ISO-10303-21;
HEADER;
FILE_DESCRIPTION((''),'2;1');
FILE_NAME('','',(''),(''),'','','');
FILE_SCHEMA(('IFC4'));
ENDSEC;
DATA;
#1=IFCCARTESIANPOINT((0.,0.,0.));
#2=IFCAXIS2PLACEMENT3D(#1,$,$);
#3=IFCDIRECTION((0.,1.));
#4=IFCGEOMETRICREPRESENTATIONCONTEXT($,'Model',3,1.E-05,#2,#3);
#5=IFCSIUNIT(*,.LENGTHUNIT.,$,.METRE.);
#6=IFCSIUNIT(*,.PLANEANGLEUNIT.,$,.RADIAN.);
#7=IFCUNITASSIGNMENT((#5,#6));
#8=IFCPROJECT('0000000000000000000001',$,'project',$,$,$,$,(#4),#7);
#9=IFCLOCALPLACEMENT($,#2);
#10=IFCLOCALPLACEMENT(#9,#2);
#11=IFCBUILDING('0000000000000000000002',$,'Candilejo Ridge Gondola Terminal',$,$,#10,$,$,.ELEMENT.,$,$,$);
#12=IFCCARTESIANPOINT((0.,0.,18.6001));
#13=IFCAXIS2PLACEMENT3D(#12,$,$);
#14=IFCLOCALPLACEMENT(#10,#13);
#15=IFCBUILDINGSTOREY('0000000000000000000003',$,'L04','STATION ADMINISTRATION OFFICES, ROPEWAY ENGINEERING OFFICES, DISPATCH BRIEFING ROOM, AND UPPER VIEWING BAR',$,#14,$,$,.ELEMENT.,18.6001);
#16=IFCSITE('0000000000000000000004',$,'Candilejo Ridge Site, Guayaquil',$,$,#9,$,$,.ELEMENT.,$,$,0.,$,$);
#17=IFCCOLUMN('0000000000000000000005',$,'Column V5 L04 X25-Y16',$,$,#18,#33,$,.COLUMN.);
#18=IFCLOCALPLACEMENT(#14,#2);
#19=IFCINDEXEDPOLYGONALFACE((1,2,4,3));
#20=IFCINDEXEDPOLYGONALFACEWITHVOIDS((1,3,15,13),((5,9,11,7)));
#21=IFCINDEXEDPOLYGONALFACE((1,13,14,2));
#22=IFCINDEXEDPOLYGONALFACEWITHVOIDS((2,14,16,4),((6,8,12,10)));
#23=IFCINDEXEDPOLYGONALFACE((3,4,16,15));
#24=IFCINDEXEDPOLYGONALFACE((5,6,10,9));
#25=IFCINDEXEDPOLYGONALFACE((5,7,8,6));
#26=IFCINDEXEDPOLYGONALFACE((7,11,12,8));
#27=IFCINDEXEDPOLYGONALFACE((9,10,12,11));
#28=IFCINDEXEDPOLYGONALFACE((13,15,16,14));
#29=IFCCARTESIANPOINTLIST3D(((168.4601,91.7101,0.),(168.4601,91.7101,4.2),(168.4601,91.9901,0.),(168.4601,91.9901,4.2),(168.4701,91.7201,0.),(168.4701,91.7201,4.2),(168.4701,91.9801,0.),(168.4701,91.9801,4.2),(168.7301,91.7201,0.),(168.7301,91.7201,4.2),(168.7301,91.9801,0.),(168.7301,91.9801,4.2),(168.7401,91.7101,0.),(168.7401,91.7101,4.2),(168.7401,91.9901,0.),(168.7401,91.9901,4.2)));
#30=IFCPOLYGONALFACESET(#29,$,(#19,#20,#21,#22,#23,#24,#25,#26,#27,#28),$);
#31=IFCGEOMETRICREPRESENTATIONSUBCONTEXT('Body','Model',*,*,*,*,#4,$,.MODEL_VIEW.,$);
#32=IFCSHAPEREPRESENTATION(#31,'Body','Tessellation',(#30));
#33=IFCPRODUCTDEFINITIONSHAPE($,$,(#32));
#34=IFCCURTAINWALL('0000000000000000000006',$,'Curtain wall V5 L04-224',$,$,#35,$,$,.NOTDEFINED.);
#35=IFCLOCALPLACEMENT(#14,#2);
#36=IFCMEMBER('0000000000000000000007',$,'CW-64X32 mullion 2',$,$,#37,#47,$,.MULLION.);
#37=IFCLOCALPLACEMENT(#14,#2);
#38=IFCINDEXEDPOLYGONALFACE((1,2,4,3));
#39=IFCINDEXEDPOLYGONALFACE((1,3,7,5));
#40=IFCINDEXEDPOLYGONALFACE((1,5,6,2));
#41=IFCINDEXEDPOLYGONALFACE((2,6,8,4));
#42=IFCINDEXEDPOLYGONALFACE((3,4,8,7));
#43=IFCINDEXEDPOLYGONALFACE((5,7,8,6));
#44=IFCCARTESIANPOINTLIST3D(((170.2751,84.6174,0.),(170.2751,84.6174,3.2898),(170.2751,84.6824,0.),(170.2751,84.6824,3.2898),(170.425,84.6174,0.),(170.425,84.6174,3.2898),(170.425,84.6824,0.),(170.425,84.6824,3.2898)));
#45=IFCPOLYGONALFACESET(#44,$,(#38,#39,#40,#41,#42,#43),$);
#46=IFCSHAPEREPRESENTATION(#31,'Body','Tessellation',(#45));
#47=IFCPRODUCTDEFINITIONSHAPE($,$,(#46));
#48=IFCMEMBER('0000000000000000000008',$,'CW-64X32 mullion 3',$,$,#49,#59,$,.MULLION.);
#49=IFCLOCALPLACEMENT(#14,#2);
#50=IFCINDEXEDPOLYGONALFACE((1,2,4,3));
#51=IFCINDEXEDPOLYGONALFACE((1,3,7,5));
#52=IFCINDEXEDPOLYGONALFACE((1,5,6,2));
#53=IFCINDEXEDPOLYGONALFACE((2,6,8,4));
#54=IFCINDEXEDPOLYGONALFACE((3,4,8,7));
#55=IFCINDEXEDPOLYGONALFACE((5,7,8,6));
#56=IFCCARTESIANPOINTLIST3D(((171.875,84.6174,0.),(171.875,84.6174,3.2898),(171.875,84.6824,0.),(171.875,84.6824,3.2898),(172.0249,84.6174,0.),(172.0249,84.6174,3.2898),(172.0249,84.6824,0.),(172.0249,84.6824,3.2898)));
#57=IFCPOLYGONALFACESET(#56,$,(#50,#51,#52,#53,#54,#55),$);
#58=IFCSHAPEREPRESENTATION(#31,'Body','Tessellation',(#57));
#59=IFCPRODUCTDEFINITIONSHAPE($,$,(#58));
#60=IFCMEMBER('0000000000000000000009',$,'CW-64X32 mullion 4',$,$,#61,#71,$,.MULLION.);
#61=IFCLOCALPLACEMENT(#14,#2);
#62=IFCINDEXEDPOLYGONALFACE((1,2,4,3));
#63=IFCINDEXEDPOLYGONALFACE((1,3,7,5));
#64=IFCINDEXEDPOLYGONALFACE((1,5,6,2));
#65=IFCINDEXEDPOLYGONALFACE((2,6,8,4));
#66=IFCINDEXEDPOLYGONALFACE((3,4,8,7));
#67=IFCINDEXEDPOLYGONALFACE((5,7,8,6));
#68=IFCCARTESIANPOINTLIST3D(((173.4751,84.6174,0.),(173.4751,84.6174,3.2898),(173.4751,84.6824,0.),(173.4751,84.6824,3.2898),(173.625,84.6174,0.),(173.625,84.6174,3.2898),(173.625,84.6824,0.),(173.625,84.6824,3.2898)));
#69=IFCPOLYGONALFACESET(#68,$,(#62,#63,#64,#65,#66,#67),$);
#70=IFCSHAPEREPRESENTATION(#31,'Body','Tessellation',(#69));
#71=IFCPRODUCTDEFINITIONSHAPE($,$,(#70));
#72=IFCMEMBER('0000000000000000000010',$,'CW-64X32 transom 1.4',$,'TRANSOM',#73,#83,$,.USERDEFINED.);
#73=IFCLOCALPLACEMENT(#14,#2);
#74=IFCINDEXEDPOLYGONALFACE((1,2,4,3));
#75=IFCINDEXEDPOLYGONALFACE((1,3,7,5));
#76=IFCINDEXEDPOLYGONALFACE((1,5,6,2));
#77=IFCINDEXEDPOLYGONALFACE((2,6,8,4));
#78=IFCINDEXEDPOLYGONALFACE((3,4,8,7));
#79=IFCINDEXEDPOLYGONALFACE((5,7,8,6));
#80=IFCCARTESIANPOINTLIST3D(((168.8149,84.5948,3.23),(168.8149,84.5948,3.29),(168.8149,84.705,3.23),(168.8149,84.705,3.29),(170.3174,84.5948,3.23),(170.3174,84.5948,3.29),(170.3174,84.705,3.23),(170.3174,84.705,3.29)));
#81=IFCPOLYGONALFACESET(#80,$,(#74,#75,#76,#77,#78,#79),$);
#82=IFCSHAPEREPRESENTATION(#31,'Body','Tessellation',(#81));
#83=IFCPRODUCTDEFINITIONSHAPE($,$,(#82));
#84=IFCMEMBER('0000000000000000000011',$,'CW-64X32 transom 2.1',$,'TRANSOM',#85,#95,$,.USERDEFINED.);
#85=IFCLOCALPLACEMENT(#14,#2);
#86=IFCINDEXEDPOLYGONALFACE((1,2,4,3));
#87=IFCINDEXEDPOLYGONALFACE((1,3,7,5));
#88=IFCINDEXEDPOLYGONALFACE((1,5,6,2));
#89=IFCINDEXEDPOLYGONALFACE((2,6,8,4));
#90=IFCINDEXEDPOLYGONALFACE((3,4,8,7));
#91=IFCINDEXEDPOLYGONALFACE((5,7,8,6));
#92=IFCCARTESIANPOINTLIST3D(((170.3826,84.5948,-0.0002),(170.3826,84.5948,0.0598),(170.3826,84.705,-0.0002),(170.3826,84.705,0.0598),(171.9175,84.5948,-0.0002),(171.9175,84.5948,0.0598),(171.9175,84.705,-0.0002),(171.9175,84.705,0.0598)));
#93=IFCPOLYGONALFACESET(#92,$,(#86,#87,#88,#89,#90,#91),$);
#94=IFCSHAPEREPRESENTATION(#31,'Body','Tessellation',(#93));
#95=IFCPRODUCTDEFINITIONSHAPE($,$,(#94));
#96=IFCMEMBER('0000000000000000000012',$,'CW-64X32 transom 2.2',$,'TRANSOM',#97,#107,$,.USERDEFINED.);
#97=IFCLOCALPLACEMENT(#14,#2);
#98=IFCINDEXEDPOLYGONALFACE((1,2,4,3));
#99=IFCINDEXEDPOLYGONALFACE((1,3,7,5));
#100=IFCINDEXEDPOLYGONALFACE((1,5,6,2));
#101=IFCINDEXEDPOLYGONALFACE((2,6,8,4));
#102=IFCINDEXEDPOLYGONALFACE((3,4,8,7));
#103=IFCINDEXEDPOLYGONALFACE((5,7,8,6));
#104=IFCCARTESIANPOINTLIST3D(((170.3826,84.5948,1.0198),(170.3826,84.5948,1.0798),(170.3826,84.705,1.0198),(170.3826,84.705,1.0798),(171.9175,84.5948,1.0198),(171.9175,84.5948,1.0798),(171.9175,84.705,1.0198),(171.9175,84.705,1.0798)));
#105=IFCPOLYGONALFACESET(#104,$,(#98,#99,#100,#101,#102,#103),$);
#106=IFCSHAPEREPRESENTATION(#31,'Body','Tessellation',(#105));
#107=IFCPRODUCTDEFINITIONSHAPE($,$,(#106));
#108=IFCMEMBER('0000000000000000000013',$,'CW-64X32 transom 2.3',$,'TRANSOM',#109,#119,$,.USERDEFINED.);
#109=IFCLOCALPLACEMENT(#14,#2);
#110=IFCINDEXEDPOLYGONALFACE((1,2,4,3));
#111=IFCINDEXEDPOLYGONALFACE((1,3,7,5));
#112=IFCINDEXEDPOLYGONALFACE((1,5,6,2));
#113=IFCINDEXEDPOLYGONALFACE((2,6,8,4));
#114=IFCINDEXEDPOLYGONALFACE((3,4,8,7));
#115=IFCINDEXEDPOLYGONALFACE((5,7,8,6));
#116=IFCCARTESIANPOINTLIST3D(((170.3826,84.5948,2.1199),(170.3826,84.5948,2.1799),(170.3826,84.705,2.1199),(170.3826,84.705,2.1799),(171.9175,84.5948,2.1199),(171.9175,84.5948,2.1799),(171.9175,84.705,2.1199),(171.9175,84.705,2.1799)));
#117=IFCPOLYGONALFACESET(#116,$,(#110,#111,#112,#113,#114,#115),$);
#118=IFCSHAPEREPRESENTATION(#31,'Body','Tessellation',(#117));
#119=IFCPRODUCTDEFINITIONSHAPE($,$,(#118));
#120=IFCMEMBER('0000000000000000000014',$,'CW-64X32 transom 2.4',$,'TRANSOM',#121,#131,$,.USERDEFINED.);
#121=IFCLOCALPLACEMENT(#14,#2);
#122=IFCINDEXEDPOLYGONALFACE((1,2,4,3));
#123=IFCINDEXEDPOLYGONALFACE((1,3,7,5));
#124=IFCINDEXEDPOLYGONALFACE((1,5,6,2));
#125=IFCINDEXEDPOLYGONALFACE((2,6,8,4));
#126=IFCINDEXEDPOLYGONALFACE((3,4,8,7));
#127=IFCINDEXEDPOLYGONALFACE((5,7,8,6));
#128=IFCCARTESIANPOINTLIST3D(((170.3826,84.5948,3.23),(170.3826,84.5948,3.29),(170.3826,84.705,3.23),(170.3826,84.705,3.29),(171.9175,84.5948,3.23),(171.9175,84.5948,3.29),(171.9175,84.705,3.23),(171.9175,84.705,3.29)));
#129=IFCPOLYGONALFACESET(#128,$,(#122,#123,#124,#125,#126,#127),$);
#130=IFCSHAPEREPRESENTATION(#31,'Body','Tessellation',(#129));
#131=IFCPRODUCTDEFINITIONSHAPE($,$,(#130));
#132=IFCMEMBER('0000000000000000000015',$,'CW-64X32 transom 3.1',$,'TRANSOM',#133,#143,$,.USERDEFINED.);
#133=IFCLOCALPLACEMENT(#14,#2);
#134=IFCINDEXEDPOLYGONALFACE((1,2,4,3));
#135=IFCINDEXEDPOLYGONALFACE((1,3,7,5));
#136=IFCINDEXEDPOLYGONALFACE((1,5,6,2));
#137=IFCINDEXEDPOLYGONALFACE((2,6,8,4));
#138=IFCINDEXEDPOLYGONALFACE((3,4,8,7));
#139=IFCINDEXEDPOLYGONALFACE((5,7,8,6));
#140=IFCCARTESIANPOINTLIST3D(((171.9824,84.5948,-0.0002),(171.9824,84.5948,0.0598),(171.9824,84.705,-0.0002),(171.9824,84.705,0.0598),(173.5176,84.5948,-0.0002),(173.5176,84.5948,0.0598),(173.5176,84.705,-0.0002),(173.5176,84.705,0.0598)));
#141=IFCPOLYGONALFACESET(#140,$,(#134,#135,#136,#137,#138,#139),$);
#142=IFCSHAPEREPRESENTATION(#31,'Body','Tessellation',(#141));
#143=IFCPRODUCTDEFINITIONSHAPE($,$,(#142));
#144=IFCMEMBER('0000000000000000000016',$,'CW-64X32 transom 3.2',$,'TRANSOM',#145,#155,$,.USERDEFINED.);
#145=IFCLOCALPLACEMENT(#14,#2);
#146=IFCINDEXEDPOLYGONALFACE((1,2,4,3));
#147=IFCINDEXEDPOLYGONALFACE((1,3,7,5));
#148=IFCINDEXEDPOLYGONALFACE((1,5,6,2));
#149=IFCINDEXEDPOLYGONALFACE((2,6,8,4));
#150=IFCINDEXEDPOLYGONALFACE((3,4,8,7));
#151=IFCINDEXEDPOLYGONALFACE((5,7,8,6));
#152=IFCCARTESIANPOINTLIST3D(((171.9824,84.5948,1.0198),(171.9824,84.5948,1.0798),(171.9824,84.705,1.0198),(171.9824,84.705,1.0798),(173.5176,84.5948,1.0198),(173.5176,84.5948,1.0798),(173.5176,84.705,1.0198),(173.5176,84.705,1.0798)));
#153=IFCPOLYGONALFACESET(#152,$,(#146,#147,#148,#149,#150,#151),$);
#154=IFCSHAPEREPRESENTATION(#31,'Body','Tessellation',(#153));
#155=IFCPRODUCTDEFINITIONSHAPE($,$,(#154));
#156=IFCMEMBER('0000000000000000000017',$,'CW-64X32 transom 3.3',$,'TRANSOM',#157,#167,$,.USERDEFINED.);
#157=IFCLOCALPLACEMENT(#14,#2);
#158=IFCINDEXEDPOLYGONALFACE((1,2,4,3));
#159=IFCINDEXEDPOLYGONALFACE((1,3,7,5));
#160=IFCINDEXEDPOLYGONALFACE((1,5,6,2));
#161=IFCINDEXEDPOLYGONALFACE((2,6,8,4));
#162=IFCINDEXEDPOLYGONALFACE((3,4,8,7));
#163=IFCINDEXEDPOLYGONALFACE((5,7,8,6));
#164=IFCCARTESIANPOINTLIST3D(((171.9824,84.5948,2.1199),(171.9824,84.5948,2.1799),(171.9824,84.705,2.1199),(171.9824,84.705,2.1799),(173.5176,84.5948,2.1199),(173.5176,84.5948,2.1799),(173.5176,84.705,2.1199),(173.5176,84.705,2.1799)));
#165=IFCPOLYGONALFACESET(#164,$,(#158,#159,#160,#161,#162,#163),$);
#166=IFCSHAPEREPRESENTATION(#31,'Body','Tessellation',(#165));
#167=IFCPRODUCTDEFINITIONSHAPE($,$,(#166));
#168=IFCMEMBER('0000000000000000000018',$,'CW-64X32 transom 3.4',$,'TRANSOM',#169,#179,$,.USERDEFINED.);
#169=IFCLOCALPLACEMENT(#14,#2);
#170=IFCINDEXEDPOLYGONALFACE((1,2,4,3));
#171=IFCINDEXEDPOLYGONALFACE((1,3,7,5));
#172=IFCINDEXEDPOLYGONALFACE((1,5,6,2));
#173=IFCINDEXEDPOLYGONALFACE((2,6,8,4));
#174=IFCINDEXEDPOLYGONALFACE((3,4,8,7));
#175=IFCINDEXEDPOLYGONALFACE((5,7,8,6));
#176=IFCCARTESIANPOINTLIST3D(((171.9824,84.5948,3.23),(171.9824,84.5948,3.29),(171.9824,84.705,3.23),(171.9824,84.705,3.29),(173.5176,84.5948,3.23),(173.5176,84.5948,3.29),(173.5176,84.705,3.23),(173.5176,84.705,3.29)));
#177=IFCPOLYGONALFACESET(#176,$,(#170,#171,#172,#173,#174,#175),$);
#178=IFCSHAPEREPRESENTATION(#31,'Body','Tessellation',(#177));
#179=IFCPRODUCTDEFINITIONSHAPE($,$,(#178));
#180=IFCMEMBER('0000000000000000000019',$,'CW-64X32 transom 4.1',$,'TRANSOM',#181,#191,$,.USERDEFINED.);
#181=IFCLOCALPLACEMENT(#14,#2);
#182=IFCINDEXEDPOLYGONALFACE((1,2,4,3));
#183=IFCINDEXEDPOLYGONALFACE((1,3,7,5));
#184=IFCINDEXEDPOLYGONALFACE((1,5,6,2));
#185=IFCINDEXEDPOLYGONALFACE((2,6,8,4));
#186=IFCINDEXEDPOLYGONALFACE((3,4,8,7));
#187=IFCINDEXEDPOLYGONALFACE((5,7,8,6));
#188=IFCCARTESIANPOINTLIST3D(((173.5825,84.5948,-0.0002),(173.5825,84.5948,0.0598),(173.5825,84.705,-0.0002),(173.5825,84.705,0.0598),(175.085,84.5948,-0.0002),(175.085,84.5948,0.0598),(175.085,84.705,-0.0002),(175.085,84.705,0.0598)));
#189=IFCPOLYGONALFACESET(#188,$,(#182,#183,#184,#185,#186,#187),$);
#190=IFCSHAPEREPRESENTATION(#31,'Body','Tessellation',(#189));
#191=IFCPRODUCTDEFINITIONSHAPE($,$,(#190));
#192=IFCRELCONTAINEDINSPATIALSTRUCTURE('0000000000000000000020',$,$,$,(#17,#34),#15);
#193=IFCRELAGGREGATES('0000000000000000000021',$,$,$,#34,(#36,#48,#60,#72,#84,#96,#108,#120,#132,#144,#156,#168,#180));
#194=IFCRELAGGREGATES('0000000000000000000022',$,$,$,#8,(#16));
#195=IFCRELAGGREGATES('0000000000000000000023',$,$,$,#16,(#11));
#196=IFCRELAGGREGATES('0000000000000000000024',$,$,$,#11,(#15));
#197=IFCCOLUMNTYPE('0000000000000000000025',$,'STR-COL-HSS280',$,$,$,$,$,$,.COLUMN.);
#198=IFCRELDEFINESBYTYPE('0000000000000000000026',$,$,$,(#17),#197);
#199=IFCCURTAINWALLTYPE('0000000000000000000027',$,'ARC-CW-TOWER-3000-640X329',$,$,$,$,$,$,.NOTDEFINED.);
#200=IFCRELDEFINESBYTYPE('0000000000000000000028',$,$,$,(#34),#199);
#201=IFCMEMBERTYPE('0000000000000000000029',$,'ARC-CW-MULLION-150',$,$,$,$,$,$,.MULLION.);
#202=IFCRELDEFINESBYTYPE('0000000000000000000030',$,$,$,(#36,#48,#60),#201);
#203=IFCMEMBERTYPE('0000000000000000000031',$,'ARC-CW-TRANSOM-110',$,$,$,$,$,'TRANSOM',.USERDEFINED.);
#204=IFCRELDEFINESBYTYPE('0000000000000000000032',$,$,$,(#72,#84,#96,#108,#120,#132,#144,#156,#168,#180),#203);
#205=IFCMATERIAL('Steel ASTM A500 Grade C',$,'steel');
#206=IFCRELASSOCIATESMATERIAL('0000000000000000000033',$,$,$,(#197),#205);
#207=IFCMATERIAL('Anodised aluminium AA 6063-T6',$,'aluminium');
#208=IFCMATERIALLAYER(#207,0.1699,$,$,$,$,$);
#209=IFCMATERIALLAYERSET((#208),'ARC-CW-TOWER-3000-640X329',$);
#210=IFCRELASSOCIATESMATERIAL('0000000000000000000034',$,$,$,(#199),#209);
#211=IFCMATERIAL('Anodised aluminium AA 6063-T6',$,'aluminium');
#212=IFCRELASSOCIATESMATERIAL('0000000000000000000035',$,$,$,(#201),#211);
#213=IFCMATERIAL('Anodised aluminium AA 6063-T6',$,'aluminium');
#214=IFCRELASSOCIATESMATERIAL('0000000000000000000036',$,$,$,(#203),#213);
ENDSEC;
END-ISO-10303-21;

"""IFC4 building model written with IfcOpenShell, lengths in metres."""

from ifc_helpers import new_model, si_unit, direction, frame, origin, origin_2d, place, context, subcontext, project, spatial, rectangle, hollow_rectangle, extrude, material, layer, layer_set, material_profile, profile_set, type_object, element, aggregate, save


model = new_model("IFC4")

# Units and contexts
model_context = context("Model", 3, precision=1e-05, world=origin(), true_north=direction((0.0, 1.0)))
body_context = subcontext(model_context, "Body", "Model", "MODEL_VIEW")
ifc_project = project(units=[si_unit("LENGTHUNIT", "METRE"), si_unit("PLANEANGLEUNIT", "RADIAN")], contexts=[model_context])

# Site, building, storey
site_placement = place(None, origin())
site = spatial("IfcSite", under=ifc_project, at=site_placement, Name="Candilejo Ridge Site, Guayaquil", CompositionType="ELEMENT", RefElevation=0.0)
building_placement = place(site_placement, origin())
building = spatial("IfcBuilding", under=site, at=building_placement, Name="Candilejo Ridge Gondola Terminal", CompositionType="ELEMENT")
storey_placement = place(building_placement, frame((0.0, 0.0, 18.6001)))
storey = spatial("IfcBuildingStorey", under=building, at=storey_placement, Name="L04", Description="STATION ADMINISTRATION OFFICES, ROPEWAY ENGINEERING OFFICES, DISPATCH BRIEFING ROOM, AND UPPER VIEWING BAR", CompositionType="ELEMENT", Elevation=18.6001)

# Column
ifc_material_1 = material(Name="Steel ASTM A500 Grade C", Category="steel")
ifc_material_profile_1 = material_profile(ifc_material_1, hollow_rectangle(XDim=0.28, YDim=0.28, WallThickness=0.01, at=origin_2d()))
ifc_profile_set_1 = profile_set([ifc_material_profile_1], Name="Steel ASTM A500 Grade C")
column_type = type_object("IfcColumnType", Name="STR-COL-HSS280", PredefinedType="COLUMN", material=ifc_profile_set_1)
column_placement = place(storey_placement, frame((168.6001, 91.8501, 0.0), z_axis=(0.0, 0.0, 1.0), x_axis=(1.0, 0.0, 0.0)))
element("IfcColumn", 1, at=column_placement, inside=storey, type_object=column_type, Name="Column V5 L04 X25-Y16", PredefinedType="COLUMN", context=body_context, shape_type="SweptSolid", body=[
    extrude(hollow_rectangle(XDim=0.28, YDim=0.28, WallThickness=0.01, at=origin_2d()), origin(), (0.0, 0.0, 1.0), 4.2),
])

# Curtain wall, members
ifc_material_2 = material(Name="Anodised aluminium AA 6063-T6", Category="aluminium")
ifc_layer_1 = layer(ifc_material_2, 0.1699)
ifc_layer_set_1 = layer_set([ifc_layer_1], Name="ARC-CW-TOWER-3000-640X329")
curtain_wall_type = type_object("IfcCurtainWallType", Name="ARC-CW-TOWER-3000-640X329", PredefinedType="NOTDEFINED", material=ifc_layer_set_1)
curtain_wall_placement = place(storey_placement, origin())
curtain_wall = element("IfcCurtainWall", 2, at=curtain_wall_placement, inside=storey, type_object=curtain_wall_type, Name="Curtain wall V5 L04-224", PredefinedType="NOTDEFINED")
ifc_material_3 = material(Name="Anodised aluminium AA 6063-T6", Category="aluminium")
ifc_material_profile_2 = material_profile(ifc_material_3, rectangle(XDim=0.0649, YDim=0.1499, at=origin_2d()))
ifc_profile_set_2 = profile_set([ifc_material_profile_2], Name="Anodised aluminium AA 6063-T6")
member_type_1 = type_object("IfcMemberType", Name="ARC-CW-MULLION-150", PredefinedType="MULLION", material=ifc_profile_set_2)
member_1_placement = place(storey_placement, frame((170.3501, 84.6499, 0.0), z_axis=(0.0, 0.0, 1.0), x_axis=(0.0, 1.0, 0.0)))
member_1 = element("IfcMember", 3, at=member_1_placement, type_object=member_type_1, Name="CW-64X32 mullion 2", PredefinedType="MULLION", context=body_context, shape_type="SweptSolid", body=[
    extrude(rectangle(XDim=0.0649, YDim=0.1499, at=origin_2d()), origin(), (0.0, 0.0, 1.0), 3.2898),
])
member_2_placement = place(storey_placement, frame((171.95, 84.6499, 0.0), z_axis=(0.0, 0.0, 1.0), x_axis=(0.0, 1.0, 0.0)))
member_2 = element("IfcMember", 4, at=member_2_placement, type_object=member_type_1, Name="CW-64X32 mullion 3", PredefinedType="MULLION", context=body_context, shape_type="SweptSolid", body=[
    extrude(rectangle(XDim=0.0649, YDim=0.1499, at=origin_2d()), origin(), (0.0, 0.0, 1.0), 3.2898),
])
member_3_placement = place(storey_placement, frame((173.55, 84.6499, 0.0), z_axis=(0.0, 0.0, 1.0), x_axis=(0.0, 1.0, 0.0)))
member_3 = element("IfcMember", 5, at=member_3_placement, type_object=member_type_1, Name="CW-64X32 mullion 4", PredefinedType="MULLION", context=body_context, shape_type="SweptSolid", body=[
    extrude(rectangle(XDim=0.0649, YDim=0.1499, at=origin_2d()), origin(), (0.0, 0.0, 1.0), 3.2898),
])
ifc_material_4 = material(Name="Anodised aluminium AA 6063-T6", Category="aluminium")
ifc_material_profile_3 = material_profile(ifc_material_4, rectangle(XDim=0.1101, YDim=0.0601, at=origin_2d()))
ifc_profile_set_3 = profile_set([ifc_material_profile_3], Name="Anodised aluminium AA 6063-T6")
member_type_2 = type_object("IfcMemberType", Name="ARC-CW-TRANSOM-110", ElementType="TRANSOM", PredefinedType="USERDEFINED", material=ifc_profile_set_3)
member_4_placement = place(storey_placement, frame((168.8149, 84.6499, 3.26), z_axis=(1.0, 0.0, 0.0), x_axis=(0.0, 1.0, 0.0)))
member_4 = element("IfcMember", 6, at=member_4_placement, type_object=member_type_2, Name="CW-64X32 transom 1.4", ObjectType="TRANSOM", PredefinedType="USERDEFINED", context=body_context, shape_type="SweptSolid", body=[
    extrude(rectangle(XDim=0.1101, YDim=0.0601, at=origin_2d()), origin(), (0.0, 0.0, 1.0), 1.5024),
])
member_5_placement = place(storey_placement, frame((170.3826, 84.6499, 0.0298), z_axis=(1.0, 0.0, 0.0), x_axis=(0.0, 1.0, 0.0)))
member_5 = element("IfcMember", 7, at=member_5_placement, type_object=member_type_2, Name="CW-64X32 transom 2.1", ObjectType="TRANSOM", PredefinedType="USERDEFINED", context=body_context, shape_type="SweptSolid", body=[
    extrude(rectangle(XDim=0.1101, YDim=0.0601, at=origin_2d()), origin(), (0.0, 0.0, 1.0), 1.5349),
])
member_6_placement = place(storey_placement, frame((170.3826, 84.6499, 1.0498), z_axis=(1.0, 0.0, 0.0), x_axis=(0.0, 1.0, 0.0)))
member_6 = element("IfcMember", 8, at=member_6_placement, type_object=member_type_2, Name="CW-64X32 transom 2.2", ObjectType="TRANSOM", PredefinedType="USERDEFINED", context=body_context, shape_type="SweptSolid", body=[
    extrude(rectangle(XDim=0.1101, YDim=0.0601, at=origin_2d()), origin(), (0.0, 0.0, 1.0), 1.5349),
])
member_7_placement = place(storey_placement, frame((170.3826, 84.6499, 2.1499), z_axis=(1.0, 0.0, 0.0), x_axis=(0.0, 1.0, 0.0)))
member_7 = element("IfcMember", 9, at=member_7_placement, type_object=member_type_2, Name="CW-64X32 transom 2.3", ObjectType="TRANSOM", PredefinedType="USERDEFINED", context=body_context, shape_type="SweptSolid", body=[
    extrude(rectangle(XDim=0.1101, YDim=0.0601, at=origin_2d()), origin(), (0.0, 0.0, 1.0), 1.5349),
])
member_8_placement = place(storey_placement, frame((170.3826, 84.6499, 3.26), z_axis=(1.0, 0.0, 0.0), x_axis=(0.0, 1.0, 0.0)))
member_8 = element("IfcMember", 10, at=member_8_placement, type_object=member_type_2, Name="CW-64X32 transom 2.4", ObjectType="TRANSOM", PredefinedType="USERDEFINED", context=body_context, shape_type="SweptSolid", body=[
    extrude(rectangle(XDim=0.1101, YDim=0.0601, at=origin_2d()), origin(), (0.0, 0.0, 1.0), 1.5349),
])
member_9_placement = place(storey_placement, frame((171.9824, 84.6499, 0.0298), z_axis=(1.0, 0.0, 0.0), x_axis=(0.0, 1.0, 0.0)))
member_9 = element("IfcMember", 11, at=member_9_placement, type_object=member_type_2, Name="CW-64X32 transom 3.1", ObjectType="TRANSOM", PredefinedType="USERDEFINED", context=body_context, shape_type="SweptSolid", body=[
    extrude(rectangle(XDim=0.1101, YDim=0.0601, at=origin_2d()), origin(), (0.0, 0.0, 1.0), 1.5352),
])
member_10_placement = place(storey_placement, frame((171.9824, 84.6499, 1.0498), z_axis=(1.0, 0.0, 0.0), x_axis=(0.0, 1.0, 0.0)))
member_10 = element("IfcMember", 12, at=member_10_placement, type_object=member_type_2, Name="CW-64X32 transom 3.2", ObjectType="TRANSOM", PredefinedType="USERDEFINED", context=body_context, shape_type="SweptSolid", body=[
    extrude(rectangle(XDim=0.1101, YDim=0.0601, at=origin_2d()), origin(), (0.0, 0.0, 1.0), 1.5352),
])
member_11_placement = place(storey_placement, frame((171.9824, 84.6499, 2.1499), z_axis=(1.0, 0.0, 0.0), x_axis=(0.0, 1.0, 0.0)))
member_11 = element("IfcMember", 13, at=member_11_placement, type_object=member_type_2, Name="CW-64X32 transom 3.3", ObjectType="TRANSOM", PredefinedType="USERDEFINED", context=body_context, shape_type="SweptSolid", body=[
    extrude(rectangle(XDim=0.1101, YDim=0.0601, at=origin_2d()), origin(), (0.0, 0.0, 1.0), 1.5352),
])
member_12_placement = place(storey_placement, frame((171.9824, 84.6499, 3.26), z_axis=(1.0, 0.0, 0.0), x_axis=(0.0, 1.0, 0.0)))
member_12 = element("IfcMember", 14, at=member_12_placement, type_object=member_type_2, Name="CW-64X32 transom 3.4", ObjectType="TRANSOM", PredefinedType="USERDEFINED", context=body_context, shape_type="SweptSolid", body=[
    extrude(rectangle(XDim=0.1101, YDim=0.0601, at=origin_2d()), origin(), (0.0, 0.0, 1.0), 1.5352),
])
member_13_placement = place(storey_placement, frame((173.5825, 84.6499, 0.0298), z_axis=(1.0, 0.0, 0.0), x_axis=(0.0, 1.0, 0.0)))
member_13 = element("IfcMember", 15, at=member_13_placement, type_object=member_type_2, Name="CW-64X32 transom 4.1", ObjectType="TRANSOM", PredefinedType="USERDEFINED", context=body_context, shape_type="SweptSolid", body=[
    extrude(rectangle(XDim=0.1101, YDim=0.0601, at=origin_2d()), origin(), (0.0, 0.0, 1.0), 1.5024),
])

aggregate(curtain_wall, [member_1, member_2, member_3, member_4, member_5, member_6, member_7, member_8, member_9, member_10, member_11, member_12, member_13])

save(model, "model.ifc")
